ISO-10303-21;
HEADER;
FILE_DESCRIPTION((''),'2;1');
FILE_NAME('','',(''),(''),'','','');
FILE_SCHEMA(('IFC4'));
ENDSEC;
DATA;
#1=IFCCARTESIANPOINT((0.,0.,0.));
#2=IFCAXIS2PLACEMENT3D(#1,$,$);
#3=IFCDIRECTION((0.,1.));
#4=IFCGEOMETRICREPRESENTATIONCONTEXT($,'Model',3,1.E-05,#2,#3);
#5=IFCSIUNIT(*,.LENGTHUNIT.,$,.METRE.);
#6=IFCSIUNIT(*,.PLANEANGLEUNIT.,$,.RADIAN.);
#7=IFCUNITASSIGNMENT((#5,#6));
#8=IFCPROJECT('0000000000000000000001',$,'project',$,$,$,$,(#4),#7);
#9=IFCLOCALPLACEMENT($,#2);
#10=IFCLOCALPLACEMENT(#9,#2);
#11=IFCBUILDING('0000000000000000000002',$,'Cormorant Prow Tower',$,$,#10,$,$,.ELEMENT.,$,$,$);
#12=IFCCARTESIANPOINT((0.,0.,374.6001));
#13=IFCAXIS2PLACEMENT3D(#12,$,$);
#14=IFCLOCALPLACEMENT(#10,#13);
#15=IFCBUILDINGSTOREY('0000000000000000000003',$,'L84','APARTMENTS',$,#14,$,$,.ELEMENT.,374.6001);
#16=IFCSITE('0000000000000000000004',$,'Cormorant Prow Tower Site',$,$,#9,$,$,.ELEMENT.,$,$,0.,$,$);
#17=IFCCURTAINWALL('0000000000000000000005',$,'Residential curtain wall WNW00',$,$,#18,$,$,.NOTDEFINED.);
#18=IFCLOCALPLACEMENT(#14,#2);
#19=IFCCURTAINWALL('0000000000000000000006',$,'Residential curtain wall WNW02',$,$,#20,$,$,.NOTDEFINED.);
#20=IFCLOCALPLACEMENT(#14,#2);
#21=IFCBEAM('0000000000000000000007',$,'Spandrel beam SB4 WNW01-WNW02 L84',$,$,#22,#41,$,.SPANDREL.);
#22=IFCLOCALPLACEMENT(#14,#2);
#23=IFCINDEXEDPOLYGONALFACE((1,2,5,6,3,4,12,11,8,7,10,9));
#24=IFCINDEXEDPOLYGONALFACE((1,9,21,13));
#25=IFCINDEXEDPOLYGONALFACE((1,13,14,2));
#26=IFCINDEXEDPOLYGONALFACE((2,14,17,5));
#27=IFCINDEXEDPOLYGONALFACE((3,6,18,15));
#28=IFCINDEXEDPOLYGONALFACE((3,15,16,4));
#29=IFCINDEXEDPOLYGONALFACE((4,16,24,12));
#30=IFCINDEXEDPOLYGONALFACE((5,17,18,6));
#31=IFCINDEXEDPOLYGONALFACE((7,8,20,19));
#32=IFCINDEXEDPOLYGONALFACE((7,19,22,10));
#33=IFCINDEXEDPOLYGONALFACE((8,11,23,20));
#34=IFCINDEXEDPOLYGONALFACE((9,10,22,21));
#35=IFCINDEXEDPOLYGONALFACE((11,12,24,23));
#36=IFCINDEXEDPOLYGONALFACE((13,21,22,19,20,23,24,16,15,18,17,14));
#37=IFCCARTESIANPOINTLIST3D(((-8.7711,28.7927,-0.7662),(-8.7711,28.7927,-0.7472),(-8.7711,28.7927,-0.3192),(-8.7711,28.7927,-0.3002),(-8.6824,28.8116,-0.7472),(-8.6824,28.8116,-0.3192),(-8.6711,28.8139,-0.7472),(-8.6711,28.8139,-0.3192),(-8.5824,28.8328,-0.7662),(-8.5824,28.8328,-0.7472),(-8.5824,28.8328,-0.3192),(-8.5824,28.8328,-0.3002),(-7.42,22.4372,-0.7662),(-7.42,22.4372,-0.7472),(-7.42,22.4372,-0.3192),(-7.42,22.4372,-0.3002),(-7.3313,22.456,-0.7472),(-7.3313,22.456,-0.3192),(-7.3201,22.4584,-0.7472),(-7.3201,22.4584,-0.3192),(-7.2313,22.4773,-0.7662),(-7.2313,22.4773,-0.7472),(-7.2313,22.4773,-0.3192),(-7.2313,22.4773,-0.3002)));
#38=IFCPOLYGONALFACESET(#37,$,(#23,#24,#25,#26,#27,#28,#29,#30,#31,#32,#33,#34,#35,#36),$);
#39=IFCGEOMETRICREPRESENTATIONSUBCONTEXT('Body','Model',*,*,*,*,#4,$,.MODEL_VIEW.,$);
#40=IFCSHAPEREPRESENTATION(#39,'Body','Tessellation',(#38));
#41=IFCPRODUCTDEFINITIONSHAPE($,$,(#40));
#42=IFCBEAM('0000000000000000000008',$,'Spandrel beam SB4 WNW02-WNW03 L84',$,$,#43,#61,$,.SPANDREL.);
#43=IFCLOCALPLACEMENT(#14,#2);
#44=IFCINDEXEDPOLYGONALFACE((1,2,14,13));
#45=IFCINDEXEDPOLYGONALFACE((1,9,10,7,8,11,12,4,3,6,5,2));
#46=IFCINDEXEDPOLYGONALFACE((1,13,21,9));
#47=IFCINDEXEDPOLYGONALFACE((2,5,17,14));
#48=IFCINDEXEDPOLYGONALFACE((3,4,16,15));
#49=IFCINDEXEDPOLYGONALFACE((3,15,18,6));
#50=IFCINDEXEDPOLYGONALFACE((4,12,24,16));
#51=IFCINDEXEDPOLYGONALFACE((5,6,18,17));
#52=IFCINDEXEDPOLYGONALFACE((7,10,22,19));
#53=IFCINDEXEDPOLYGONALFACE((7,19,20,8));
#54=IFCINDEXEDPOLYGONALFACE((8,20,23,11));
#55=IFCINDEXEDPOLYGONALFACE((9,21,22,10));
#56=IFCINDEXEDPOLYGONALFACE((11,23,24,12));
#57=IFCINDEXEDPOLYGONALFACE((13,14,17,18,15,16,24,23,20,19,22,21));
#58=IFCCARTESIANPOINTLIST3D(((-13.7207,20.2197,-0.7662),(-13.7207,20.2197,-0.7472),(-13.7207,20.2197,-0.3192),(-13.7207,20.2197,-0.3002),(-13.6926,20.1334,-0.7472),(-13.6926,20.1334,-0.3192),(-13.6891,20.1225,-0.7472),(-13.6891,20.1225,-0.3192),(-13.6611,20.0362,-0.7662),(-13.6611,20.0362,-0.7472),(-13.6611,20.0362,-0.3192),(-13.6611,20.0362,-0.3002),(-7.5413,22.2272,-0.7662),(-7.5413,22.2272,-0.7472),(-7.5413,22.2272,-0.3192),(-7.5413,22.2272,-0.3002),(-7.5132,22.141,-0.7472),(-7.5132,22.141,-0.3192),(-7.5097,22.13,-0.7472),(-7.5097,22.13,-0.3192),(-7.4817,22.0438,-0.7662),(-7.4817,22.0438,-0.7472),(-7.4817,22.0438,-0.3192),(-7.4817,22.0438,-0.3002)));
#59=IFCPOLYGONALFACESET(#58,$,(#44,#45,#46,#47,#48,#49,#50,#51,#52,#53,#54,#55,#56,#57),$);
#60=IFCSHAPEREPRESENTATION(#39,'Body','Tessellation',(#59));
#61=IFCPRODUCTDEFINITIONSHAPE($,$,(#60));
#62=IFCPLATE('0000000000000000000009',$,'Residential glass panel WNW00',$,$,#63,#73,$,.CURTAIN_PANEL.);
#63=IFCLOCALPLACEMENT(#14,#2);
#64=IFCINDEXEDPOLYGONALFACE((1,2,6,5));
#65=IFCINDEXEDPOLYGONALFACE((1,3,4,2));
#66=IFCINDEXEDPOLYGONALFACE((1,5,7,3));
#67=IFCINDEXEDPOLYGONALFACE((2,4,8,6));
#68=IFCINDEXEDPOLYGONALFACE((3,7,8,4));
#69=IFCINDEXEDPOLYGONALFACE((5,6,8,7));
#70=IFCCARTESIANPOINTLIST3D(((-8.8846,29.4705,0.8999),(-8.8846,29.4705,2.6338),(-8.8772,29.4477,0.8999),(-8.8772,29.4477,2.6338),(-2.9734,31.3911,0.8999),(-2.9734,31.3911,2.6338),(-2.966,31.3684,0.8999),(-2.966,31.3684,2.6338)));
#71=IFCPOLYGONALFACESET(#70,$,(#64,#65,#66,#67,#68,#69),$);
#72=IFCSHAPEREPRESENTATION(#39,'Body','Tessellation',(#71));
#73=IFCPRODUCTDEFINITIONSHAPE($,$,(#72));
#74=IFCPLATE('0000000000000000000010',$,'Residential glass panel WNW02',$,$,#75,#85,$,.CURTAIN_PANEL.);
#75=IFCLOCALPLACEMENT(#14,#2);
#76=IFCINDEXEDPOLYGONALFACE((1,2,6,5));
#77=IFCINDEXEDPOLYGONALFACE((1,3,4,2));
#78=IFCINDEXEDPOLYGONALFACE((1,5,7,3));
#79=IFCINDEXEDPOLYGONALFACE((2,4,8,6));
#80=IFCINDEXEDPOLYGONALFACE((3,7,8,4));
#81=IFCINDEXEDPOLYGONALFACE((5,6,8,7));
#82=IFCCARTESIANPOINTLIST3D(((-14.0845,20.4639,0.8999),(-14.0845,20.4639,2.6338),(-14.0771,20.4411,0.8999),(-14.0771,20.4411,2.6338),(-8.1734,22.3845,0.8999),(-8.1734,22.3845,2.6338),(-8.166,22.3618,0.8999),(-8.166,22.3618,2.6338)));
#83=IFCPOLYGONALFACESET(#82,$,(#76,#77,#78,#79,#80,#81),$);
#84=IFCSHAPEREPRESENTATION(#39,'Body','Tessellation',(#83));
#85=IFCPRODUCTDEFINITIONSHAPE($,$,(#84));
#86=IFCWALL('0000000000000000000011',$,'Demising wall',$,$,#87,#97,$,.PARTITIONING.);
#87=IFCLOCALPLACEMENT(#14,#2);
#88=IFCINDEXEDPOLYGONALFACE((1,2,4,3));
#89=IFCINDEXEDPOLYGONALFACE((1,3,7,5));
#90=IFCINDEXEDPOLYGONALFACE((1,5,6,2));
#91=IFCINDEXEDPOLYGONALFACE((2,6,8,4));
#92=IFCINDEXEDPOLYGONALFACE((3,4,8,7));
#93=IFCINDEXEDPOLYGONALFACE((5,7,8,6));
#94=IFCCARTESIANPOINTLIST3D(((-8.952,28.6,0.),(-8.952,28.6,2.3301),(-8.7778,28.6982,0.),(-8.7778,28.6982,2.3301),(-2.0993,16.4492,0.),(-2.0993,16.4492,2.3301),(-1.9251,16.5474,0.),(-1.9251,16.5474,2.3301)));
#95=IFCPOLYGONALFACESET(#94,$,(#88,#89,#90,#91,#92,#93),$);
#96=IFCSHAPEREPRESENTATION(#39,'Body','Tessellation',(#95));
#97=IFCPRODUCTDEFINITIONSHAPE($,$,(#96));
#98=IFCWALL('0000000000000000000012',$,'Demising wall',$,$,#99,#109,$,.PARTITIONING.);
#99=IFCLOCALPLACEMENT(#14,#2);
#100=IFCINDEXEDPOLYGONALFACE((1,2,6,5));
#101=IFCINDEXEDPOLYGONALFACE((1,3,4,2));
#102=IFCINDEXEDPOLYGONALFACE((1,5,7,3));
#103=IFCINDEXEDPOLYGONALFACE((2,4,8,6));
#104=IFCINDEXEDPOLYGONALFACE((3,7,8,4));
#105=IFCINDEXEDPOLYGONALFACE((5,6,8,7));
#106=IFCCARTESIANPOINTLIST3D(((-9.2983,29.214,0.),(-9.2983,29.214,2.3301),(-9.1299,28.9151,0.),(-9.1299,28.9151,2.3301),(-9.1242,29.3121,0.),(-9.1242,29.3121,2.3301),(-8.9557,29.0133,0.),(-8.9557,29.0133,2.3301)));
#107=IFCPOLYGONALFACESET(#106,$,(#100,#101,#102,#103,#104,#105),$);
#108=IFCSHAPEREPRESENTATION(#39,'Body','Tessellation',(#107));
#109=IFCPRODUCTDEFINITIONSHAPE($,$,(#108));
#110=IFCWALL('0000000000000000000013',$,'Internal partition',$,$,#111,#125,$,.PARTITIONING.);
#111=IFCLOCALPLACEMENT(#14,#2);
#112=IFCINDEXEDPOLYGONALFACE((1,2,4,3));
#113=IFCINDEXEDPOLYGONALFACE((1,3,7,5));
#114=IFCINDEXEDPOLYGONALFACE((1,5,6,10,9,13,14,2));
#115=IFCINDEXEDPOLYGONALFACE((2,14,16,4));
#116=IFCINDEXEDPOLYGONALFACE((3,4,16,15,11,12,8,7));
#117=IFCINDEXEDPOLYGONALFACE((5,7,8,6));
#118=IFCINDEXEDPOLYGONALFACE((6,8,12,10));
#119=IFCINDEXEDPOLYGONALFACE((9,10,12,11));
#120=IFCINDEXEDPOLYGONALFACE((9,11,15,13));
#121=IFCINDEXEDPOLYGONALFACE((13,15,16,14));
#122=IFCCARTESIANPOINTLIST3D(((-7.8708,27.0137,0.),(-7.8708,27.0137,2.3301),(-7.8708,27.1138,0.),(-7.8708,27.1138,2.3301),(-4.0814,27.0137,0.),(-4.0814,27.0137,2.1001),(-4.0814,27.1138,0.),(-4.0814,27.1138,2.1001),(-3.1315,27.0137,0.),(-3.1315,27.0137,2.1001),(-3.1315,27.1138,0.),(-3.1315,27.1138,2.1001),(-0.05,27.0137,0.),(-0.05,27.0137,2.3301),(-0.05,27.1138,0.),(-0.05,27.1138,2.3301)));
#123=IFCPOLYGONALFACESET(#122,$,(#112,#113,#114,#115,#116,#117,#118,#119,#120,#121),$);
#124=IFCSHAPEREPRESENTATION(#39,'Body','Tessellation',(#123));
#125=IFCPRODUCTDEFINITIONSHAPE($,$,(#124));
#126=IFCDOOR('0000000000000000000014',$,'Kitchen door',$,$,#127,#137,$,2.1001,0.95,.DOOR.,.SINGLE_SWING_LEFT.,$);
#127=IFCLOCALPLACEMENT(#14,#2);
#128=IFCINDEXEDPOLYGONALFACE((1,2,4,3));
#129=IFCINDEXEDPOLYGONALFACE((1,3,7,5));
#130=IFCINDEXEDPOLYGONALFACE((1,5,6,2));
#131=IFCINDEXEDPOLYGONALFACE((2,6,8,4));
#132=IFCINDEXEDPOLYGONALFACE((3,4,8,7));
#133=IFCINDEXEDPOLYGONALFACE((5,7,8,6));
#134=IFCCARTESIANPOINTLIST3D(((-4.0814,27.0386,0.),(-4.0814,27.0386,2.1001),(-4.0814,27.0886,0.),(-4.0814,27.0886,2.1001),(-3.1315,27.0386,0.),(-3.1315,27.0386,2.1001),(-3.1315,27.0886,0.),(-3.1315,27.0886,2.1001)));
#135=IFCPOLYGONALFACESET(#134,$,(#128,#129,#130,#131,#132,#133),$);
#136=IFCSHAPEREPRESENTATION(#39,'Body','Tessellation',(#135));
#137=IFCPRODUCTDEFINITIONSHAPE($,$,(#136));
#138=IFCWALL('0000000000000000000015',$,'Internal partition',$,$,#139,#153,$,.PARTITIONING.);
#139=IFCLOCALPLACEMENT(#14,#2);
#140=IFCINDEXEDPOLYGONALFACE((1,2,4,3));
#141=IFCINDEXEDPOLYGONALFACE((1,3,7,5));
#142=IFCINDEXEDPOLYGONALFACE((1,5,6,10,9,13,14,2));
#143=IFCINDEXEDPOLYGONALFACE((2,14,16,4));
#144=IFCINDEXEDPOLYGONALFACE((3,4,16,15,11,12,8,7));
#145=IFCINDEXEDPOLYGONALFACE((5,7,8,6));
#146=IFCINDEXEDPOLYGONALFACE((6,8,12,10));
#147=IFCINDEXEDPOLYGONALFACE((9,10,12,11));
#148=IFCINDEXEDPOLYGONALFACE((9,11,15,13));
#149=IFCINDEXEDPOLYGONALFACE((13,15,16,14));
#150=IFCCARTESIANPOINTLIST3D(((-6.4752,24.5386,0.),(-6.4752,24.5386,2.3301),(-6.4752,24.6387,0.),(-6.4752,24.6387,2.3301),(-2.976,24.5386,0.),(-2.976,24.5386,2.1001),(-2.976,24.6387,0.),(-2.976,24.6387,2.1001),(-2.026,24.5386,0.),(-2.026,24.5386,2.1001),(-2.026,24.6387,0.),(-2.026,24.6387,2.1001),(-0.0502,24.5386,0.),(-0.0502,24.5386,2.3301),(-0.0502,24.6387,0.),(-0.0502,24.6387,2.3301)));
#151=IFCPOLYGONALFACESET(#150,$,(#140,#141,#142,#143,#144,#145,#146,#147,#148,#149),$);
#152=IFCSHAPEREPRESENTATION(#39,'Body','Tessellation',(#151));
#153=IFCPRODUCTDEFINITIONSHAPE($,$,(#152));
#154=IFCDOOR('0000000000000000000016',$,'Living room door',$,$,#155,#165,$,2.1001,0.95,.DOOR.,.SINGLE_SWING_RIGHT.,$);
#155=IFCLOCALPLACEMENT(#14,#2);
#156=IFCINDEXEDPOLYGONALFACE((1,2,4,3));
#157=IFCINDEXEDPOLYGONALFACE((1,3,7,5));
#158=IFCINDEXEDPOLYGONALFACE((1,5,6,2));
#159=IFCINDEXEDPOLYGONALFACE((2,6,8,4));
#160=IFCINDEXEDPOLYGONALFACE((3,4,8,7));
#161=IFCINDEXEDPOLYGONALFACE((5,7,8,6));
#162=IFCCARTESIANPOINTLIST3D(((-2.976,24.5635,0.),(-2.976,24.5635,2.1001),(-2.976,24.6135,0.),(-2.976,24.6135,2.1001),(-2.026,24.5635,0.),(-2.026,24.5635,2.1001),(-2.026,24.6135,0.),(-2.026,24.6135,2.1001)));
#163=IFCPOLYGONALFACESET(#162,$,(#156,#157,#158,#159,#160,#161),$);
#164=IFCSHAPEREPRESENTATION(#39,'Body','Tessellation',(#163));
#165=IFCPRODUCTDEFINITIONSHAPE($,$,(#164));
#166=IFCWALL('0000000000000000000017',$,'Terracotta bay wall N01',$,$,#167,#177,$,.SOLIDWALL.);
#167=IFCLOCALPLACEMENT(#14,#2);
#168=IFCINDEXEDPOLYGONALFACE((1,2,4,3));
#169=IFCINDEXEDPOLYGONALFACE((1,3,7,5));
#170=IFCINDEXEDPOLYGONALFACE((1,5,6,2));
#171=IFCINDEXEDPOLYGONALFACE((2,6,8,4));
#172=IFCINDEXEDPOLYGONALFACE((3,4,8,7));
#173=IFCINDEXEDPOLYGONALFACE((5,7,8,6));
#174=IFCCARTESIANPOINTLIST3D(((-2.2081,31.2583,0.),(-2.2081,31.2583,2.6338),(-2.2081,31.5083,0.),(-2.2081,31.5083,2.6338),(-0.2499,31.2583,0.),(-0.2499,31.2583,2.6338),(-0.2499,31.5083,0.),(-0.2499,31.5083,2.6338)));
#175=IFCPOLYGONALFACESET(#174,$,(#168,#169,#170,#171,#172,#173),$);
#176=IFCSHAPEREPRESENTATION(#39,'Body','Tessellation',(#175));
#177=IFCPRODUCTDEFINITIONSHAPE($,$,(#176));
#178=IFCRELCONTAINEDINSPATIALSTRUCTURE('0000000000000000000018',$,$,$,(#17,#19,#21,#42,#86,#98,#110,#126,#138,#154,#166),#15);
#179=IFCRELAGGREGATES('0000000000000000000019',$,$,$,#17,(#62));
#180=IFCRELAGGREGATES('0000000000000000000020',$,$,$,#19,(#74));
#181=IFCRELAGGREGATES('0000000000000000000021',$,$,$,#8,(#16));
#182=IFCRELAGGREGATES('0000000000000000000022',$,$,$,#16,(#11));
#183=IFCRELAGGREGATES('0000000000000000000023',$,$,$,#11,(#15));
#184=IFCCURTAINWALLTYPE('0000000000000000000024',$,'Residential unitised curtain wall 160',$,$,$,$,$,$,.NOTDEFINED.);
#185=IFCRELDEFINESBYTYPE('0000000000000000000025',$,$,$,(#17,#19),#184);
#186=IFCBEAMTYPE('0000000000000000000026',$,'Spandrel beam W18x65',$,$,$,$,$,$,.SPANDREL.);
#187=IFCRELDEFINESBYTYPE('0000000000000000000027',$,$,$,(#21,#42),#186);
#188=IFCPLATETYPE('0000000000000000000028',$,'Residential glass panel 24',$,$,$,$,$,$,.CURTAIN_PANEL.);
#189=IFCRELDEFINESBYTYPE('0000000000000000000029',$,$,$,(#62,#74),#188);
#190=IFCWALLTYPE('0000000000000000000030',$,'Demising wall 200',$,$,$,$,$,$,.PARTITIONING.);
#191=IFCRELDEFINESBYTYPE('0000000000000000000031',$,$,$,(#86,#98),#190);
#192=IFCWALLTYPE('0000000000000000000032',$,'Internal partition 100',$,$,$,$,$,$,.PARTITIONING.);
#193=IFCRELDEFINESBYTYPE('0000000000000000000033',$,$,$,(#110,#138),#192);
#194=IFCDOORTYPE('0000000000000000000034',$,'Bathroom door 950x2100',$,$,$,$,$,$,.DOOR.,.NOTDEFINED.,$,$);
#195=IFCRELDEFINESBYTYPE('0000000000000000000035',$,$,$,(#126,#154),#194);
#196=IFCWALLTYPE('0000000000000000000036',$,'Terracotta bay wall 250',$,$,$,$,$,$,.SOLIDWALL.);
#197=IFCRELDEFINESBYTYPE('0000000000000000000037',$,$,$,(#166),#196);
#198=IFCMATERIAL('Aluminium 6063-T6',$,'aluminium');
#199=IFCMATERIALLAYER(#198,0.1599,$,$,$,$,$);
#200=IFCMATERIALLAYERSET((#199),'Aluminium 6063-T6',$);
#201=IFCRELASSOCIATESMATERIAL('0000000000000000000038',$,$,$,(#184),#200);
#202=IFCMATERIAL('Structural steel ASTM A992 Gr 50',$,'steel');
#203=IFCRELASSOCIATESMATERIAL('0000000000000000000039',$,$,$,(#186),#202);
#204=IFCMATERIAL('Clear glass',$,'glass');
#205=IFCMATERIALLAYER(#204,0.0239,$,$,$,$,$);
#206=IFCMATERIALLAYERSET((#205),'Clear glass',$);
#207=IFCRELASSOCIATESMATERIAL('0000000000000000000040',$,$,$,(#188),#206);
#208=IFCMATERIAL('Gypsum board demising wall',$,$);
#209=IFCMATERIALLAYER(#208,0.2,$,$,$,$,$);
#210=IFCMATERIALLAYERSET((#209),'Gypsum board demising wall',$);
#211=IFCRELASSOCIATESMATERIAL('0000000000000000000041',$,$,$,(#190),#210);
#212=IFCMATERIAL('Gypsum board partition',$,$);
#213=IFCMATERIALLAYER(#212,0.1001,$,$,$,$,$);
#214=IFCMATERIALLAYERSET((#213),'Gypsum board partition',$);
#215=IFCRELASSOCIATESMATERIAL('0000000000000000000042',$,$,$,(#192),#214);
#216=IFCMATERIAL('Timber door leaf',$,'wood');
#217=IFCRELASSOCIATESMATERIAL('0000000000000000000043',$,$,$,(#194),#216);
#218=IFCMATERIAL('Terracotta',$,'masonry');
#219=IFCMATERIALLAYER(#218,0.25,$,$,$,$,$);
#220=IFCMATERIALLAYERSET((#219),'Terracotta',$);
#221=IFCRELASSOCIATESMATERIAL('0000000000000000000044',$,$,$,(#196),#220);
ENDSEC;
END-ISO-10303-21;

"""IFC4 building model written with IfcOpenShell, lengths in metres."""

from ifc_helpers import new_model, si_unit, direction, frame, frame_2d, origin, origin_2d, place, context, subcontext, project, spatial, rectangle, i_section, extrude, material, layer, layer_set, material_profile, profile_set, type_object, element, fill, aggregate, save


model = new_model("IFC4")

# Units and contexts
model_context = context("Model", 3, precision=1e-05, world=origin(), true_north=direction((0.0, 1.0)))
body_context = subcontext(model_context, "Body", "Model", "MODEL_VIEW")
ifc_project = project(units=[si_unit("LENGTHUNIT", "METRE"), si_unit("PLANEANGLEUNIT", "RADIAN")], contexts=[model_context])

# Site, building, storey
site_placement = place(None, origin())
site = spatial("IfcSite", under=ifc_project, at=site_placement, Name="Cormorant Prow Tower Site", CompositionType="ELEMENT", RefElevation=0.0)
building_placement = place(site_placement, origin())
building = spatial("IfcBuilding", under=site, at=building_placement, Name="Cormorant Prow Tower", CompositionType="ELEMENT")
storey_placement = place(building_placement, frame((0.0, 0.0, 374.6001)))
storey = spatial("IfcBuildingStorey", under=building, at=storey_placement, Name="L84", Description="APARTMENTS", CompositionType="ELEMENT", Elevation=374.6001)

# Curtain walls
ifc_material_1 = material(Name="Aluminium 6063-T6", Category="aluminium")
ifc_layer_1 = layer(ifc_material_1, 0.1599)
ifc_layer_set_1 = layer_set([ifc_layer_1], Name="Aluminium 6063-T6")
curtain_wall_type = type_object("IfcCurtainWallType", Name="Residential unitised curtain wall 160", PredefinedType="NOTDEFINED", material=ifc_layer_set_1)
curtain_wall_1_placement = place(storey_placement, origin())
curtain_wall_1 = element("IfcCurtainWall", 1, at=curtain_wall_1_placement, inside=storey, type_object=curtain_wall_type, Name="Residential curtain wall WNW00", PredefinedType="NOTDEFINED")
curtain_wall_2_placement = place(storey_placement, origin())
curtain_wall_2 = element("IfcCurtainWall", 2, at=curtain_wall_2_placement, inside=storey, type_object=curtain_wall_type, Name="Residential curtain wall WNW02", PredefinedType="NOTDEFINED")

# Beams
ifc_material_2 = material(Name="Structural steel ASTM A992 Gr 50", Category="steel")
ifc_material_profile_1 = material_profile(ifc_material_2, i_section(OverallWidth=0.1929, OverallDepth=0.4661, WebThickness=0.0115, FlangeThickness=0.019, at=origin_2d()), Name="W18x65")
ifc_profile_set_1 = profile_set([ifc_material_profile_1], Name="Structural steel ASTM A992 Gr 50")
beam_type = type_object("IfcBeamType", Name="Spandrel beam W18x65", PredefinedType="SPANDREL", material=ifc_profile_set_1)
for number, where, z_axis, x_axis, name in (
    (3, (-8.6768, 28.8127, -0.5332), (0.207938, -0.978142, 0.0), (0.978142, 0.207938, 0.0), "Spandrel beam SB4 WNW01-WNW02 L84"),
):
    element("IfcBeam", number, at=place(storey_placement, frame(where, z_axis=z_axis, x_axis=x_axis)), inside=storey, type_object=beam_type, Name=name, PredefinedType="SPANDREL", context=body_context, shape_type="SweptSolid", body=[
        extrude(i_section(OverallWidth=0.1929, OverallDepth=0.4661, WebThickness=0.0115, FlangeThickness=0.019, at=origin_2d()), origin(), (0.0, 0.0, 1.0), 6.4976),
    ])
beam_1_placement = place(storey_placement, frame((-7.5115, 22.1355, -0.5332), z_axis=(-0.951068, -0.308982, 0.0), x_axis=(0.308982, -0.951068, 0.0)))
element("IfcBeam", 4, at=beam_1_placement, inside=storey, type_object=beam_type, Name="Spandrel beam SB4 WNW02-WNW03 L84", PredefinedType="SPANDREL", context=body_context, shape_type="SweptSolid", body=[
    extrude(i_section(OverallWidth=0.1929, OverallDepth=0.4661, WebThickness=0.0115, FlangeThickness=0.019, at=origin_2d()), origin(), (0.0, 0.0, 1.0), 6.4973),
])

# Plates
ifc_material_3 = material(Name="Clear glass", Category="glass")
ifc_layer_2 = layer(ifc_material_3, 0.0239)
ifc_layer_set_2 = layer_set([ifc_layer_2], Name="Clear glass")
plate_type = type_object("IfcPlateType", Name="Residential glass panel 24", PredefinedType="CURTAIN_PANEL", material=ifc_layer_set_2)
plate_1_placement = place(storey_placement, frame((-5.9253, 30.4194, 0.8999), z_axis=(0.0, 0.0, 1.0), x_axis=(-0.951057, -0.309017, 0.0)))
plate_1 = element("IfcPlate", 5, at=plate_1_placement, type_object=plate_type, Name="Residential glass panel WNW00", PredefinedType="CURTAIN_PANEL", context=body_context, shape_type="SweptSolid", body=[
    extrude(rectangle(XDim=6.2153, YDim=0.0239, at=origin_2d()), origin(), (0.0, 0.0, 1.0), 1.7339),
])
aggregate(curtain_wall_1, [plate_1])
plate_2_placement = place(storey_placement, frame((-11.1252, 21.4128, 0.8999), z_axis=(0.0, 0.0, 1.0), x_axis=(-0.951056, -0.309017, 0.0)))
plate_2 = element("IfcPlate", 6, at=plate_2_placement, type_object=plate_type, Name="Residential glass panel WNW02", PredefinedType="CURTAIN_PANEL", context=body_context, shape_type="SweptSolid", body=[
    extrude(rectangle(XDim=6.2153, YDim=0.0239, at=origin_2d()), origin(), (0.0, 0.0, 1.0), 1.7339),
])
aggregate(curtain_wall_2, [plate_2])

# Walls
ifc_material_4 = material(Name="Gypsum board demising wall")
ifc_layer_3 = layer(ifc_material_4, 0.2)
ifc_layer_set_3 = layer_set([ifc_layer_3], Name="Gypsum board demising wall")
wall_type_1 = type_object("IfcWallType", Name="Demising wall 200", PredefinedType="PARTITIONING", material=ifc_layer_set_3)
wall_1_placement = place(storey_placement, frame((-8.865, 28.6492, 0.0), z_axis=(0.0, 0.0, 1.0), x_axis=(0.491236, -0.871026, 0.0)))
element("IfcWall", 7, at=wall_1_placement, inside=storey, type_object=wall_type_1, Name="Demising wall", PredefinedType="PARTITIONING", context=body_context, shape_type="SweptSolid", body=[
    extrude(rectangle(XDim=13.95, YDim=0.2, at=frame_2d((6.9751, 0.0))), origin(), (0.0, 0.0, 1.0), 2.3301),
])
wall_2_placement = place(storey_placement, frame((-9.2112, 29.2629, 0.0), z_axis=(0.0, 0.0, 1.0), x_axis=(0.491072, -0.871119, 0.0)))
element("IfcWall", 8, at=wall_2_placement, inside=storey, type_object=wall_type_1, Name="Demising wall", PredefinedType="PARTITIONING", context=body_context, shape_type="SweptSolid", body=[
    extrude(rectangle(XDim=0.343, YDim=0.2, at=frame_2d((0.1714, 0.0))), origin(), (0.0, 0.0, 1.0), 2.3301),
])

# Walls, openings, doors
ifc_material_5 = material(Name="Gypsum board partition")
ifc_layer_4 = layer(ifc_material_5, 0.1001)
ifc_layer_set_4 = layer_set([ifc_layer_4], Name="Gypsum board partition")
wall_type_2 = type_object("IfcWallType", Name="Internal partition 100", PredefinedType="PARTITIONING", material=ifc_layer_set_4)
wall_3_placement = place(storey_placement, frame((-7.8708, 27.0637, 0.0), z_axis=(0.0, 0.0, 1.0), x_axis=(1.0, 0.0, 0.0)))
wall_3 = element("IfcWall", 9, at=wall_3_placement, inside=storey, type_object=wall_type_2, Name="Internal partition", PredefinedType="PARTITIONING", context=body_context, shape_type="SweptSolid", body=[
    extrude(rectangle(XDim=7.8208, YDim=0.1001, at=frame_2d((3.9104, 0.0))), origin(), (0.0, 0.0, 1.0), 2.3301),
])
opening_1_placement = place(wall_3_placement, frame((3.7893, 0.0, 0.0)))
opening_1 = element("IfcOpeningElement", 10, at=opening_1_placement, cuts=wall_3, PredefinedType="OPENING", context=body_context, shape_type="SweptSolid", body=[
    extrude(rectangle(XDim=0.95, YDim=2.1001, at=frame_2d((0.4751, 1.05))), frame((0.0, 0.0601, 0.0), z_axis=(0.0, -1.0, 0.0), x_axis=(1.0, 0.0, 0.0)), (0.0, 0.0, 1.0), 0.1201),
])
ifc_material_6 = material(Name="Timber door leaf", Category="wood")
door_type_1 = type_object("IfcDoorType", Name="Bathroom door 950x2100", OperationType="NOTDEFINED", PredefinedType="DOOR", material=ifc_material_6)
door_1_placement = place(opening_1_placement, origin())
door_1 = element("IfcDoor", 11, at=door_1_placement, inside=storey, type_object=door_type_1, Name="Kitchen door", OperationType="SINGLE_SWING_LEFT", OverallHeight=2.1001, OverallWidth=0.95, PredefinedType="DOOR", context=body_context, shape_type="SweptSolid", body=[
    extrude(rectangle(XDim=0.95, YDim=2.1001, at=frame_2d((0.4751, 1.05))), frame((0.0, 0.0249, 0.0), z_axis=(0.0, -1.0, 0.0), x_axis=(1.0, 0.0, 0.0)), (0.0, 0.0, 1.0), 0.05),
])
fill(opening_1, door_1)
wall_4_placement = place(storey_placement, frame((-6.4751, 24.5886, 0.0), z_axis=(0.0, 0.0, 1.0), x_axis=(1.0, 0.0, 0.0)))
wall_4 = element("IfcWall", 12, at=wall_4_placement, inside=storey, type_object=wall_type_2, Name="Internal partition", PredefinedType="PARTITIONING", context=body_context, shape_type="SweptSolid", body=[
    extrude(rectangle(XDim=6.425, YDim=0.1001, at=frame_2d((3.2124, 0.0))), origin(), (0.0, 0.0, 1.0), 2.3301),
])
opening_2_placement = place(wall_4_placement, frame((3.499, 0.0, 0.0)))
opening_2 = element("IfcOpeningElement", 13, at=opening_2_placement, cuts=wall_4, PredefinedType="OPENING", context=body_context, shape_type="SweptSolid", body=[
    extrude(rectangle(XDim=0.95, YDim=2.1001, at=frame_2d((0.4751, 1.05))), frame((0.0, 0.0601, 0.0), z_axis=(0.0, -1.0, 0.0), x_axis=(1.0, 0.0, 0.0)), (0.0, 0.0, 1.0), 0.1201),
])
door_2_placement = place(opening_2_placement, origin())
door_2 = element("IfcDoor", 14, at=door_2_placement, inside=storey, type_object=door_type_1, Name="Living room door", OperationType="SINGLE_SWING_RIGHT", OverallHeight=2.1001, OverallWidth=0.95, PredefinedType="DOOR", context=body_context, shape_type="SweptSolid", body=[
    extrude(rectangle(XDim=0.95, YDim=2.1001, at=frame_2d((0.4751, 1.05))), frame((0.0, 0.0249, 0.0), z_axis=(0.0, -1.0, 0.0), x_axis=(1.0, 0.0, 0.0)), (0.0, 0.0, 1.0), 0.05),
])
fill(opening_2, door_2)

# Wall
ifc_material_7 = material(Name="Terracotta", Category="masonry")
ifc_layer_5 = layer(ifc_material_7, 0.25)
ifc_layer_set_5 = layer_set([ifc_layer_5], Name="Terracotta")
wall_type_3 = type_object("IfcWallType", Name="Terracotta bay wall 250", PredefinedType="SOLIDWALL", material=ifc_layer_set_5)
wall_5_placement = place(storey_placement, frame((-0.25, 31.3833, 0.0), z_axis=(0.0, 0.0, 1.0), x_axis=(-1.0, 0.0, 0.0)))
element("IfcWall", 15, at=wall_5_placement, inside=storey, type_object=wall_type_3, Name="Terracotta bay wall N01", PredefinedType="SOLIDWALL", context=body_context, shape_type="SweptSolid", body=[
    extrude(rectangle(XDim=1.9583, YDim=0.25, at=frame_2d((0.979, 0.0))), origin(), (0.0, 0.0, 1.0), 2.6338),
])

save(model, "model.ifc")
